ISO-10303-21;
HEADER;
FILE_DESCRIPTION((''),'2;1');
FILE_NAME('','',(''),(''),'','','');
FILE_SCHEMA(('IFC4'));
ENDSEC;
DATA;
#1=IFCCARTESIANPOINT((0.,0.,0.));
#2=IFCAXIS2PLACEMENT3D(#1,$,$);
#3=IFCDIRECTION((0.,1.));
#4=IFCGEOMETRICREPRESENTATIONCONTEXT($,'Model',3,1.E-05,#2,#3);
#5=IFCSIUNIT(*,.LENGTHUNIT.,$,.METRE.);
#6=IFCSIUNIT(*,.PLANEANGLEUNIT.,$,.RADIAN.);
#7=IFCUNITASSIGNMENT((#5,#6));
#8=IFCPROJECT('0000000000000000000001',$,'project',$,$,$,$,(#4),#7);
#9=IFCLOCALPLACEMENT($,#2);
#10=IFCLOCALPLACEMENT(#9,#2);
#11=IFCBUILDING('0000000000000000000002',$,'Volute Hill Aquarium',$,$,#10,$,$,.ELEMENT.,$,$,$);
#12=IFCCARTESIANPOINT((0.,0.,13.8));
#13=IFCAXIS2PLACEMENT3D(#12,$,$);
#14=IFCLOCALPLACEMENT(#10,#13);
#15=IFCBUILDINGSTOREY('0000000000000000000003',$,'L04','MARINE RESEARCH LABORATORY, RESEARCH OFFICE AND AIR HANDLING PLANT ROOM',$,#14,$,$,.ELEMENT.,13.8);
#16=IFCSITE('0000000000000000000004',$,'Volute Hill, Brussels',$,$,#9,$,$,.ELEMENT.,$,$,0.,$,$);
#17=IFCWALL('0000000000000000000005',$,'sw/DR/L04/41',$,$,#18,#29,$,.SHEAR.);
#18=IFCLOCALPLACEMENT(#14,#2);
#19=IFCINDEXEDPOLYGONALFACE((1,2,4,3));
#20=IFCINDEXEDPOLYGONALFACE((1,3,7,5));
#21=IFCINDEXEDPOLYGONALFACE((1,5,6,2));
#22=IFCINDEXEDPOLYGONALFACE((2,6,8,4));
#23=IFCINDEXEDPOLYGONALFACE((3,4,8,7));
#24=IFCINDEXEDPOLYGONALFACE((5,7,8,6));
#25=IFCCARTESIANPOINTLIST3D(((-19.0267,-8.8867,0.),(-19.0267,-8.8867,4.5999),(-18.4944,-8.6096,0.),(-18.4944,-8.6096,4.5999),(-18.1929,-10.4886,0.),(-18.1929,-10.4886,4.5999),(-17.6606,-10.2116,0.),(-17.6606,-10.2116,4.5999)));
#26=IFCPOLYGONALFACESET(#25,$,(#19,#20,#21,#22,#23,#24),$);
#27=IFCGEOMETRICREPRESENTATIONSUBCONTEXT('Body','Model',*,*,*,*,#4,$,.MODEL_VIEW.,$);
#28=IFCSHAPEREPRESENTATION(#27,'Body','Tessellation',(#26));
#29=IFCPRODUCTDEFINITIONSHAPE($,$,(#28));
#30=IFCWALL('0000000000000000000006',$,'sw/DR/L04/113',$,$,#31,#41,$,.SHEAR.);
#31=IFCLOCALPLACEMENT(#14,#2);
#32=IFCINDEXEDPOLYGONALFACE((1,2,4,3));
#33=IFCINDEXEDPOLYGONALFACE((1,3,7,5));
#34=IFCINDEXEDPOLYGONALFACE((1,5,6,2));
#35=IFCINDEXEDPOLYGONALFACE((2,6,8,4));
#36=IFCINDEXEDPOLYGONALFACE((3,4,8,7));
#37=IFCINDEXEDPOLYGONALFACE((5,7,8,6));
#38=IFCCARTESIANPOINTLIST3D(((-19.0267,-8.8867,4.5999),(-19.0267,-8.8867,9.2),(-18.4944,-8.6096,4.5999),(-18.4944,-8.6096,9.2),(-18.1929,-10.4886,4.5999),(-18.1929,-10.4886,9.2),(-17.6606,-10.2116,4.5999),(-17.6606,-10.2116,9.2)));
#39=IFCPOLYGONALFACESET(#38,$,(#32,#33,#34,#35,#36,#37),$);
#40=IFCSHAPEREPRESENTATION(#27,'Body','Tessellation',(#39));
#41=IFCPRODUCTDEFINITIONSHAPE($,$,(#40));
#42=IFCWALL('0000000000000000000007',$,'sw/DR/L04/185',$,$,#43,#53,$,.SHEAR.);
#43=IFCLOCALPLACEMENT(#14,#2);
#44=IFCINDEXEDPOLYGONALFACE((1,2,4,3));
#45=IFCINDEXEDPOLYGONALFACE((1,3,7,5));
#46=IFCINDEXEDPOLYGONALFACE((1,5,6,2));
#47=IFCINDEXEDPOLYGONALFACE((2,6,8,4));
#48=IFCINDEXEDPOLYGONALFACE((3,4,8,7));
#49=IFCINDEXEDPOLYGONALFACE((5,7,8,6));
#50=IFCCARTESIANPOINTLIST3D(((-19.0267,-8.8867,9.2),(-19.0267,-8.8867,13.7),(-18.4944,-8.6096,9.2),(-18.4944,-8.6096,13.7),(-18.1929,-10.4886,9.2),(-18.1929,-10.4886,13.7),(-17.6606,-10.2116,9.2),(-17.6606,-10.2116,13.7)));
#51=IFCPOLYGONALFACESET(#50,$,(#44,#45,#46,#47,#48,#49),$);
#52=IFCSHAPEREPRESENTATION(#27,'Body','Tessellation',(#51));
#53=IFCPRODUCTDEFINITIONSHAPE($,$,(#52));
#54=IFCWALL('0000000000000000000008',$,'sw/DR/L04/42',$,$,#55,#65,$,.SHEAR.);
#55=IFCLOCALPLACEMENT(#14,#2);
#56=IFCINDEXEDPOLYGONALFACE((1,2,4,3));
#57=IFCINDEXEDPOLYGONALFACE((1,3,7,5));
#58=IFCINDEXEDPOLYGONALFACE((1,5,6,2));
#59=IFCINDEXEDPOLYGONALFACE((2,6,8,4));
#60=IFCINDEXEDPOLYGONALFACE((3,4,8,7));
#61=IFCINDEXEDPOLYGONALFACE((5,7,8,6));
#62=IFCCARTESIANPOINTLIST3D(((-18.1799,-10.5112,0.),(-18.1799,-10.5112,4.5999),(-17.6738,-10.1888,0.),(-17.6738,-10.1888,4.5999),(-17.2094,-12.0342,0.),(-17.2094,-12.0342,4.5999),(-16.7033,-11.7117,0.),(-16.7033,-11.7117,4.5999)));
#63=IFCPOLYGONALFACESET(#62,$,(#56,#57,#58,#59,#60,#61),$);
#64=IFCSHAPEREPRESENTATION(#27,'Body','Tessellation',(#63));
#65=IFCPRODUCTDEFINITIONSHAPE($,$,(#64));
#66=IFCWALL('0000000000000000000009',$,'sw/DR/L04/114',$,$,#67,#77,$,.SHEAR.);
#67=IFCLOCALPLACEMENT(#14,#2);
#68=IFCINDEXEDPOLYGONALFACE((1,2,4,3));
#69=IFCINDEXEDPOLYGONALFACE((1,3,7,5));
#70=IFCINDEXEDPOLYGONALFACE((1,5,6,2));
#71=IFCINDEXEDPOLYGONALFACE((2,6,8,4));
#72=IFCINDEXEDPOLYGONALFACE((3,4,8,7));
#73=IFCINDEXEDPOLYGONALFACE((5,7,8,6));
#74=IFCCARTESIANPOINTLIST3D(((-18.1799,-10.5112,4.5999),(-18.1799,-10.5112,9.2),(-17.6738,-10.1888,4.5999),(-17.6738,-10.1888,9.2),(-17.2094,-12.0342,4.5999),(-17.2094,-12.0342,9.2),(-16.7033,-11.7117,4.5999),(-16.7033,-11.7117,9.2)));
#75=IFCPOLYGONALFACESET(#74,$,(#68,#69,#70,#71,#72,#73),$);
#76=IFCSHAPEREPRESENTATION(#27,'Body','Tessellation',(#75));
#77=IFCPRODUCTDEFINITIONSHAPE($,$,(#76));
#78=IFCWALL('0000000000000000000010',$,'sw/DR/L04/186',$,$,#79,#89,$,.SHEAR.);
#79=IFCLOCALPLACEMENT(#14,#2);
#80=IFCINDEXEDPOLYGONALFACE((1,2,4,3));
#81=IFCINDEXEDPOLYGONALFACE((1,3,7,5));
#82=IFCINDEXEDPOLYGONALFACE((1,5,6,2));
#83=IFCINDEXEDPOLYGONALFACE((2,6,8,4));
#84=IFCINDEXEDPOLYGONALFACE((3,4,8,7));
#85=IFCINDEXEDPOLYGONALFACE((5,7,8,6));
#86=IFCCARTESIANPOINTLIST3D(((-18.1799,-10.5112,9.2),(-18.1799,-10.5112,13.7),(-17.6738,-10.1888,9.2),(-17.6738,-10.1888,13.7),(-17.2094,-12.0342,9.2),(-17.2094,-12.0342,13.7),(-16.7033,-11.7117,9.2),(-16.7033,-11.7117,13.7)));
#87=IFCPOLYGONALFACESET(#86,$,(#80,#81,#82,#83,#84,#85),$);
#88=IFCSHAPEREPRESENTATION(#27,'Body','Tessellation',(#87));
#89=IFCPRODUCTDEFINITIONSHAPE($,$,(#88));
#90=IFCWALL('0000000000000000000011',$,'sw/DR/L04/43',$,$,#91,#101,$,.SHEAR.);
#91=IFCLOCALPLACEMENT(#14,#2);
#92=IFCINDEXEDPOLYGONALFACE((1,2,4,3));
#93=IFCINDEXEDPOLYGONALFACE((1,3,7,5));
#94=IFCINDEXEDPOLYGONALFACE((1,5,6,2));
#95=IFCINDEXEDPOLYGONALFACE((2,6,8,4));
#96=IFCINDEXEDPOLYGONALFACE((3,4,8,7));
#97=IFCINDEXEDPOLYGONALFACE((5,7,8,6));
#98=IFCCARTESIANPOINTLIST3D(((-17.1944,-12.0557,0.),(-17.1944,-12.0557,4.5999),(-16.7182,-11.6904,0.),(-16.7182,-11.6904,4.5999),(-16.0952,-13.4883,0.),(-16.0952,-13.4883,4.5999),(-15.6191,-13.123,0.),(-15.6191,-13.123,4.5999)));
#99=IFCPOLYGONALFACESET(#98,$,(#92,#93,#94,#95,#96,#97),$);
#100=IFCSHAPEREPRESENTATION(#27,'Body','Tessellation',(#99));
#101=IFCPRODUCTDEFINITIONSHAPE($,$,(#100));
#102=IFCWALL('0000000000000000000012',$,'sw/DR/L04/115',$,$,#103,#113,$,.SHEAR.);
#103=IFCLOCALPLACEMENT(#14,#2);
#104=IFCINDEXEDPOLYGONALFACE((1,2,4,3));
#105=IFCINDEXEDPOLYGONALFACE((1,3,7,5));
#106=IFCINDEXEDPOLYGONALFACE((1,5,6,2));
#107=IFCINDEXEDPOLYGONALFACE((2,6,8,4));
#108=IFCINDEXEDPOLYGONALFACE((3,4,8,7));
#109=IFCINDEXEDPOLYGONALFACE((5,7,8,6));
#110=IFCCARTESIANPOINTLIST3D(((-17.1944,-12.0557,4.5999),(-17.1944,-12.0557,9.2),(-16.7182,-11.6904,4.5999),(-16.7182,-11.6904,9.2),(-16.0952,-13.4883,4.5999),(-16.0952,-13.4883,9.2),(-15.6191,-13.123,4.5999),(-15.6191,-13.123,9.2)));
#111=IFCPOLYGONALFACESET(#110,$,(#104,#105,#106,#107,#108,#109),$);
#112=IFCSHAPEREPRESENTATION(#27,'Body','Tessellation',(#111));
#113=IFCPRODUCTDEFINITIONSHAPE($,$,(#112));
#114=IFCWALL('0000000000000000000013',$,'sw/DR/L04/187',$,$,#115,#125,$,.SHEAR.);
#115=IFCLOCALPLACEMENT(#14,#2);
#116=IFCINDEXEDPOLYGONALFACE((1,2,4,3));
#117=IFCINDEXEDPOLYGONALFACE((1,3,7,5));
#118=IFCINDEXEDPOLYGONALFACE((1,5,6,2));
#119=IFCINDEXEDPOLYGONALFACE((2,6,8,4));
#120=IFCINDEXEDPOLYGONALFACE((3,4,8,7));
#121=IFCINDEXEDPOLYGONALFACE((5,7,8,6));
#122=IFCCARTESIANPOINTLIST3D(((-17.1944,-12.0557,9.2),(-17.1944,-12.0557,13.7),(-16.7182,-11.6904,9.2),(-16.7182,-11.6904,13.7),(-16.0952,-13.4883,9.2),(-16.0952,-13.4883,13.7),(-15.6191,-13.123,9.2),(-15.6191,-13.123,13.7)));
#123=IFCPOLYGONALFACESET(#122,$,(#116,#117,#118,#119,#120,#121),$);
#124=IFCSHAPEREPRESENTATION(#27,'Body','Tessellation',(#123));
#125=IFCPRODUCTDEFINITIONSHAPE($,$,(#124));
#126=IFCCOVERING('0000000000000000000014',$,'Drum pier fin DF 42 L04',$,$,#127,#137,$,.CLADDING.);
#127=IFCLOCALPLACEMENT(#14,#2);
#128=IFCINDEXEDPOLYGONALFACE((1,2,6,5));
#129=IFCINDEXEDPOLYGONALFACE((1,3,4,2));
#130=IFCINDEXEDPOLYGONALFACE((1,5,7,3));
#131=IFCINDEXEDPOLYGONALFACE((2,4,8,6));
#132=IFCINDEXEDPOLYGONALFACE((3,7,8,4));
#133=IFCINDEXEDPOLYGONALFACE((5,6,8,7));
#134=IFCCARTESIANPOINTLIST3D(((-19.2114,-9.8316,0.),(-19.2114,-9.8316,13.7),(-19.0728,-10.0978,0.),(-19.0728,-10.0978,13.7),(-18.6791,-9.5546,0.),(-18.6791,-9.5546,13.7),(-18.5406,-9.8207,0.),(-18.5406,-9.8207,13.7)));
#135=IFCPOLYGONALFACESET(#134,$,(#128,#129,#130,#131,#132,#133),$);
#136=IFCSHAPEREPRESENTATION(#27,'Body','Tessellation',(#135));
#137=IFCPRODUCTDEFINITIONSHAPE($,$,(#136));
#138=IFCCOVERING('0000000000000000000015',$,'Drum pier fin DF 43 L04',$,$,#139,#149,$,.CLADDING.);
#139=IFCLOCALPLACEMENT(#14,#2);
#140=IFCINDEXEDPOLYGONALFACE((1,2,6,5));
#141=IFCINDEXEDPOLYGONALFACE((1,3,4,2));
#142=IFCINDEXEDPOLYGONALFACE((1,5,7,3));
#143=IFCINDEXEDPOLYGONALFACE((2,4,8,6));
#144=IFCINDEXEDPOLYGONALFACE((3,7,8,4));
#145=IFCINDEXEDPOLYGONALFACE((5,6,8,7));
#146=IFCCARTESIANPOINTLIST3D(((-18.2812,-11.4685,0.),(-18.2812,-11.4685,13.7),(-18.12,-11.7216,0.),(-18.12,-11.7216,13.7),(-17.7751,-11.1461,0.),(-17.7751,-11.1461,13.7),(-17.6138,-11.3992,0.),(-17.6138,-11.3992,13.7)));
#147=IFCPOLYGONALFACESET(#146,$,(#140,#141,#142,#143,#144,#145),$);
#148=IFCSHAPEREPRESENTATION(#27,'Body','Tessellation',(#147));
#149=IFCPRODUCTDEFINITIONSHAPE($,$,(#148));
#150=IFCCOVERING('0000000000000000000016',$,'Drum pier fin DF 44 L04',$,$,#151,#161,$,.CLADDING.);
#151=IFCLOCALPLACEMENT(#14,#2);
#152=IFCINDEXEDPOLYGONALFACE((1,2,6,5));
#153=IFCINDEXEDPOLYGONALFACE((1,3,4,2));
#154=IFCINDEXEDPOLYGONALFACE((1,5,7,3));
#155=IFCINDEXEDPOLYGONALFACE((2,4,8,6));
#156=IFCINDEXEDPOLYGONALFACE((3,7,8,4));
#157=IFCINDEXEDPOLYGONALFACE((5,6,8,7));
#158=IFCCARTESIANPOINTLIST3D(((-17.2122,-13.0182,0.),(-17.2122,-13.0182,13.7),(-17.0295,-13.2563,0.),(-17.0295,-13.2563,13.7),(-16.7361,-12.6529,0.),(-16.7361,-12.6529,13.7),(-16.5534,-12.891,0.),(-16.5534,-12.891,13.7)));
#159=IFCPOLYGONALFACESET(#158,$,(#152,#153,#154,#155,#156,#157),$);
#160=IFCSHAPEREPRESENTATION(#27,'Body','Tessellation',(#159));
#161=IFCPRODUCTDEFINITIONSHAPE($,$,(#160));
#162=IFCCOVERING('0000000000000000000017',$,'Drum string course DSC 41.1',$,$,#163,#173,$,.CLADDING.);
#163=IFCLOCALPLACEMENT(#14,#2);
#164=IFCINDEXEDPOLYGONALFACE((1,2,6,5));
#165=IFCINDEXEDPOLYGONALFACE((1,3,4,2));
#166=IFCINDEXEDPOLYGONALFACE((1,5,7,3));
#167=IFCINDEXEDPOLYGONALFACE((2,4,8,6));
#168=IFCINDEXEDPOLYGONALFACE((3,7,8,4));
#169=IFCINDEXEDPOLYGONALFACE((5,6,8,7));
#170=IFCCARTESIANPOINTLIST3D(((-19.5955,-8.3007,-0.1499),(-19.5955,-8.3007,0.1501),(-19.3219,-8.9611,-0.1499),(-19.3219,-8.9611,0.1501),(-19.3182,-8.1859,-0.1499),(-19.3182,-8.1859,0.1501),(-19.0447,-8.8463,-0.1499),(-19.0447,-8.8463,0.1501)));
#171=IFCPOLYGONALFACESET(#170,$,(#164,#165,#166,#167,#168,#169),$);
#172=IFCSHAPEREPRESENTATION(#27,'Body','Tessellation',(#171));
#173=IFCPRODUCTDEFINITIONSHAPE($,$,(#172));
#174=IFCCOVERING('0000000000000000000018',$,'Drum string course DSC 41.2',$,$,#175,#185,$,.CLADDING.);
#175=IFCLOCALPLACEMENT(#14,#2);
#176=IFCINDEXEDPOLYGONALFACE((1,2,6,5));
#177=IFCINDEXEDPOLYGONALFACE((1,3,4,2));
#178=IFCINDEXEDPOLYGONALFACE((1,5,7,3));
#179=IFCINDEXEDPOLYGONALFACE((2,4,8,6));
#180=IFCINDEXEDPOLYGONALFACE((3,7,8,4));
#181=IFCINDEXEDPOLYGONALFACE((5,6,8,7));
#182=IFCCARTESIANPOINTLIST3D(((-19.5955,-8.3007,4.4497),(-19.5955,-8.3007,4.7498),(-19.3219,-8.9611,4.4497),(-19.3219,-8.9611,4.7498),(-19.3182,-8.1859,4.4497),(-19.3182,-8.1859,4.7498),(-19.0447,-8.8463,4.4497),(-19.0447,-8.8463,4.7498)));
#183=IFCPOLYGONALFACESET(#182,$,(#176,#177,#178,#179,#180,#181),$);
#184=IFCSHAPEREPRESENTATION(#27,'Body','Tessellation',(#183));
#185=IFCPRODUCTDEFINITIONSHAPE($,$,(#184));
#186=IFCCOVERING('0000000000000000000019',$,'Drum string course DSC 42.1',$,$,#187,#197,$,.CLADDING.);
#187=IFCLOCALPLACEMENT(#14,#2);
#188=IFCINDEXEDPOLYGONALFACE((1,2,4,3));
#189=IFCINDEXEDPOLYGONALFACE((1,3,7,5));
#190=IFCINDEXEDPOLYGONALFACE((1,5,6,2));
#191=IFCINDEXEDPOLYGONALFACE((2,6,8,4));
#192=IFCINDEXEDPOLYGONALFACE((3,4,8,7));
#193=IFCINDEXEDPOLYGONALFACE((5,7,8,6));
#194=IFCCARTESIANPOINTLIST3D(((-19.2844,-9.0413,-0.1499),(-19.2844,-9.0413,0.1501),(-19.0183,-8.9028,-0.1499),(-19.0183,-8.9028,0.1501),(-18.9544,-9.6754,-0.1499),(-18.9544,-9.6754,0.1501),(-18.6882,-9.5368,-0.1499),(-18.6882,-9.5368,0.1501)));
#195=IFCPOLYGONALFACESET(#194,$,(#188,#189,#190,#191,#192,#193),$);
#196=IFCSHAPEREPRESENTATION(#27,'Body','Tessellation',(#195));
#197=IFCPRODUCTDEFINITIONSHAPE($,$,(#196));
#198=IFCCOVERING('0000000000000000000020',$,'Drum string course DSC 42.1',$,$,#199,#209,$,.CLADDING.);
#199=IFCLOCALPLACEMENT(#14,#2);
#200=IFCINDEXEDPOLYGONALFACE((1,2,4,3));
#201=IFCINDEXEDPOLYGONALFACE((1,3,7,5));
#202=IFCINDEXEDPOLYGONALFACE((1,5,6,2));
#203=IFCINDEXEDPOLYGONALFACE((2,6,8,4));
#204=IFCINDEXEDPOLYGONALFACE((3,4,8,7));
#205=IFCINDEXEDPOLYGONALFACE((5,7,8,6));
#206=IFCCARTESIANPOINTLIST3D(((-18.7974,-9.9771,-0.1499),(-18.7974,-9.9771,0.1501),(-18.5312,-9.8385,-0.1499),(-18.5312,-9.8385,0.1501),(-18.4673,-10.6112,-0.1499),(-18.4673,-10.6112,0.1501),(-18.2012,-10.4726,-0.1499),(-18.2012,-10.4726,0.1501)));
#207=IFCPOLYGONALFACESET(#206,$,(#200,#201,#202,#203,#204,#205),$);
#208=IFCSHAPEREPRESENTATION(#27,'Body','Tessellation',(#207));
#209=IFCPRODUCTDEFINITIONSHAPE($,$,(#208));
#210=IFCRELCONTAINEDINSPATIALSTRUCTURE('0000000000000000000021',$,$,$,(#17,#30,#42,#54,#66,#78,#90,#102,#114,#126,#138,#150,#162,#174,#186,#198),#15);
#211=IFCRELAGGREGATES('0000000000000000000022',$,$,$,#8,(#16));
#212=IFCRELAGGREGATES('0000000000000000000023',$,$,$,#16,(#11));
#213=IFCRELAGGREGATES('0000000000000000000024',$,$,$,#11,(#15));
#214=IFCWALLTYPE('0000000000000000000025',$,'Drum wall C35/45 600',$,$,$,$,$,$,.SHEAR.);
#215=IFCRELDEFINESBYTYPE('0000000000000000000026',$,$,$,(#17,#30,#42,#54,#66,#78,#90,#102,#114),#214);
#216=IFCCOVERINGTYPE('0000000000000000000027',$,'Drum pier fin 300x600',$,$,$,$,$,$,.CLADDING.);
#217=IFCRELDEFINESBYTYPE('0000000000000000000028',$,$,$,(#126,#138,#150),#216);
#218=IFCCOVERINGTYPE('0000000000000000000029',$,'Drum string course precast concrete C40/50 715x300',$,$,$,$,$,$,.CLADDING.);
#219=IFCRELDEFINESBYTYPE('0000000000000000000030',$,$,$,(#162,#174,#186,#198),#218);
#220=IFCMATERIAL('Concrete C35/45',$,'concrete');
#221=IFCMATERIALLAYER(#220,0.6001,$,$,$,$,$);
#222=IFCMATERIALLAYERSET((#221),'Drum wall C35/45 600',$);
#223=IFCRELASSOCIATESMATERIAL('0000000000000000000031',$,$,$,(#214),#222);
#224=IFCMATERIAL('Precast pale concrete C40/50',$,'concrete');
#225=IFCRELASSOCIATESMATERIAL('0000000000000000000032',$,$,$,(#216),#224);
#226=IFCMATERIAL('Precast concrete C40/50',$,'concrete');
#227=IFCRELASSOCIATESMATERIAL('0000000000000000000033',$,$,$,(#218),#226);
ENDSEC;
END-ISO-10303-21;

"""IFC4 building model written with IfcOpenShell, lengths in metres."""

from ifc_helpers import new_model, si_unit, direction, frame, frame_2d, origin, origin_2d, place, context, subcontext, project, spatial, rectangle, extrude, material, layer, layer_set, type_object, element, save


model = new_model("IFC4")

# Units and contexts
model_context = context("Model", 3, precision=1e-05, world=origin(), true_north=direction((0.0, 1.0)))
body_context = subcontext(model_context, "Body", "Model", "MODEL_VIEW")
ifc_project = project(units=[si_unit("LENGTHUNIT", "METRE"), si_unit("PLANEANGLEUNIT", "RADIAN")], contexts=[model_context])

# Site, building, storey
site_placement = place(None, origin())
site = spatial("IfcSite", under=ifc_project, at=site_placement, Name="Volute Hill, Brussels", CompositionType="ELEMENT", RefElevation=0.0)
building_placement = place(site_placement, origin())
building = spatial("IfcBuilding", under=site, at=building_placement, Name="Volute Hill Aquarium", CompositionType="ELEMENT")
storey_placement = place(building_placement, frame((0.0, 0.0, 13.8)))
storey = spatial("IfcBuildingStorey", under=building, at=storey_placement, Name="L04", Description="MARINE RESEARCH LABORATORY, RESEARCH OFFICE AND AIR HANDLING PLANT ROOM", CompositionType="ELEMENT", Elevation=13.8)

# Walls
ifc_material_1 = material(Name="Concrete C35/45", Category="concrete")
ifc_layer = layer(ifc_material_1, 0.6001)
ifc_layer_set = layer_set([ifc_layer], Name="Drum wall C35/45 600")
wall_type = type_object("IfcWallType", Name="Drum wall C35/45 600", PredefinedType="SHEAR", material=ifc_layer_set)
wall_1_placement = place(storey_placement, frame((-18.7605, -8.7483, 0.0), z_axis=(0.0, 0.0, 1.0), x_axis=(0.461702, -0.887035, 0.0)))
element("IfcWall", 1, at=wall_1_placement, inside=storey, type_object=wall_type, Name="sw/DR/L04/41", PredefinedType="SHEAR", context=body_context, shape_type="SweptSolid", body=[
    extrude(rectangle(XDim=1.8059, YDim=0.6001, at=frame_2d((0.9028, 0.0))), origin(), (0.0, 0.0, 1.0), 4.5999),
])
wall_2_placement = place(storey_placement, frame((-18.7605, -8.7483, 4.5999), z_axis=(0.0, 0.0, 1.0), x_axis=(0.461702, -0.887035, 0.0)))
element("IfcWall", 2, at=wall_2_placement, inside=storey, type_object=wall_type, Name="sw/DR/L04/113", PredefinedType="SHEAR", context=body_context, shape_type="SweptSolid", body=[
    extrude(rectangle(XDim=1.8059, YDim=0.6001, at=frame_2d((0.9028, 0.0))), origin(), (0.0, 0.0, 1.0), 4.6001),
])
wall_3_placement = place(storey_placement, frame((-18.7605, -8.7483, 9.2), z_axis=(0.0, 0.0, 1.0), x_axis=(0.461702, -0.887035, 0.0)))
element("IfcWall", 3, at=wall_3_placement, inside=storey, type_object=wall_type, Name="sw/DR/L04/185", PredefinedType="SHEAR", context=body_context, shape_type="SweptSolid", body=[
    extrude(rectangle(XDim=1.8059, YDim=0.6001, at=frame_2d((0.9028, 0.0))), origin(), (0.0, 0.0, 1.0), 4.5),
])
wall_4_placement = place(storey_placement, frame((-17.9268, -10.3501, 0.0), z_axis=(0.0, 0.0, 1.0), x_axis=(0.537392, -0.843333, 0.0)))
element("IfcWall", 4, at=wall_4_placement, inside=storey, type_object=wall_type, Name="sw/DR/L04/42", PredefinedType="SHEAR", context=body_context, shape_type="SweptSolid", body=[
    extrude(rectangle(XDim=1.8059, YDim=0.6001, at=frame_2d((0.9028, 0.0))), origin(), (0.0, 0.0, 1.0), 4.5999),
])
wall_5_placement = place(storey_placement, frame((-17.9268, -10.3501, 4.5999), z_axis=(0.0, 0.0, 1.0), x_axis=(0.537392, -0.843333, 0.0)))
element("IfcWall", 5, at=wall_5_placement, inside=storey, type_object=wall_type, Name="sw/DR/L04/114", PredefinedType="SHEAR", context=body_context, shape_type="SweptSolid", body=[
    extrude(rectangle(XDim=1.8059, YDim=0.6001, at=frame_2d((0.9028, 0.0))), origin(), (0.0, 0.0, 1.0), 4.6001),
])
wall_6_placement = place(storey_placement, frame((-17.9268, -10.3501, 9.2), z_axis=(0.0, 0.0, 1.0), x_axis=(0.537392, -0.843333, 0.0)))
element("IfcWall", 6, at=wall_6_placement, inside=storey, type_object=wall_type, Name="sw/DR/L04/186", PredefinedType="SHEAR", context=body_context, shape_type="SweptSolid", body=[
    extrude(rectangle(XDim=1.8059, YDim=0.6001, at=frame_2d((0.9028, 0.0))), origin(), (0.0, 0.0, 1.0), 4.5),
])
wall_7_placement = place(storey_placement, frame((-16.9563, -11.873, 0.0), z_axis=(0.0, 0.0, 1.0), x_axis=(0.608704, -0.793397, 0.0)))
element("IfcWall", 7, at=wall_7_placement, inside=storey, type_object=wall_type, Name="sw/DR/L04/43", PredefinedType="SHEAR", context=body_context, shape_type="SweptSolid", body=[
    extrude(rectangle(XDim=1.8057, YDim=0.6001, at=frame_2d((0.9028, 0.0))), origin(), (0.0, 0.0, 1.0), 4.5999),
])
wall_8_placement = place(storey_placement, frame((-16.9563, -11.873, 4.5999), z_axis=(0.0, 0.0, 1.0), x_axis=(0.608704, -0.793397, 0.0)))
element("IfcWall", 8, at=wall_8_placement, inside=storey, type_object=wall_type, Name="sw/DR/L04/115", PredefinedType="SHEAR", context=body_context, shape_type="SweptSolid", body=[
    extrude(rectangle(XDim=1.8057, YDim=0.6001, at=frame_2d((0.9028, 0.0))), origin(), (0.0, 0.0, 1.0), 4.6001),
])
wall_9_placement = place(storey_placement, frame((-16.9563, -11.873, 9.2), z_axis=(0.0, 0.0, 1.0), x_axis=(0.608704, -0.793397, 0.0)))
element("IfcWall", 9, at=wall_9_placement, inside=storey, type_object=wall_type, Name="sw/DR/L04/187", PredefinedType="SHEAR", context=body_context, shape_type="SweptSolid", body=[
    extrude(rectangle(XDim=1.8057, YDim=0.6001, at=frame_2d((0.9028, 0.0))), origin(), (0.0, 0.0, 1.0), 4.5),
])

# Coverings
ifc_material_2 = material(Name="Precast pale concrete C40/50", Category="concrete")
covering_type_1 = type_object("IfcCoveringType", Name="Drum pier fin 300x600", PredefinedType="CLADDING", material=ifc_material_2)
for number, where, z_axis, x_axis, name in (
    (10, (-18.876, -9.8262, 0.0), (0.0, 0.0, 1.0), (0.461749, -0.887011, 0.0), "Drum pier fin DF 42 L04"),
    (11, (-17.9475, -11.4338, 0.0), (0.0, 0.0, 1.0), (0.5373, -0.843391, 0.0), "Drum pier fin DF 43 L04"),
    (12, (-16.8828, -12.9546, 0.0), (0.0, 0.0, 1.0), (0.608761, -0.793353, 0.0), "Drum pier fin DF 44 L04"),
):
    element("IfcCovering", number, at=place(storey_placement, frame(where, z_axis=z_axis, x_axis=x_axis)), inside=storey, type_object=covering_type_1, Name=name, PredefinedType="CLADDING", context=body_context, shape_type="SweptSolid", body=[
        extrude(rectangle(XDim=0.3, YDim=0.6001, at=origin_2d()), origin(), (0.0, 0.0, 1.0), 13.7),
    ])
ifc_material_3 = material(Name="Precast concrete C40/50", Category="concrete")
covering_type_2 = type_object("IfcCoveringType", Name="Drum string course precast concrete C40/50 715x300", PredefinedType="CLADDING", material=ifc_material_3)
for number, where, z_axis, x_axis, name in (
    (13, (-19.3201, -8.5735, -0.1499), (0.0, 0.0, 1.0), (0.382683, -0.92388, 0.0), "Drum string course DSC 41.1"),
    (14, (-19.3201, -8.5735, 4.4497), (0.0, 0.0, 1.0), (0.382683, -0.92388, 0.0), "Drum string course DSC 41.2"),
    (15, (-18.9863, -9.2891, -0.1499), (0.0, 0.0, 1.0), (0.461749, -0.887011, 0.0), "Drum string course DSC 42.1"),
    (16, (-18.4993, -10.2249, -0.1499), (0.0, 0.0, 1.0), (0.461749, -0.887011, 0.0), "Drum string course DSC 42.1"),
):
    element("IfcCovering", number, at=place(storey_placement, frame(where, z_axis=z_axis, x_axis=x_axis)), inside=storey, type_object=covering_type_2, Name=name, PredefinedType="CLADDING", context=body_context, shape_type="SweptSolid", body=[
        extrude(rectangle(XDim=0.7148, YDim=0.3, at=origin_2d()), origin(), (0.0, 0.0, 1.0), 0.3),
    ])

save(model, "model.ifc")
